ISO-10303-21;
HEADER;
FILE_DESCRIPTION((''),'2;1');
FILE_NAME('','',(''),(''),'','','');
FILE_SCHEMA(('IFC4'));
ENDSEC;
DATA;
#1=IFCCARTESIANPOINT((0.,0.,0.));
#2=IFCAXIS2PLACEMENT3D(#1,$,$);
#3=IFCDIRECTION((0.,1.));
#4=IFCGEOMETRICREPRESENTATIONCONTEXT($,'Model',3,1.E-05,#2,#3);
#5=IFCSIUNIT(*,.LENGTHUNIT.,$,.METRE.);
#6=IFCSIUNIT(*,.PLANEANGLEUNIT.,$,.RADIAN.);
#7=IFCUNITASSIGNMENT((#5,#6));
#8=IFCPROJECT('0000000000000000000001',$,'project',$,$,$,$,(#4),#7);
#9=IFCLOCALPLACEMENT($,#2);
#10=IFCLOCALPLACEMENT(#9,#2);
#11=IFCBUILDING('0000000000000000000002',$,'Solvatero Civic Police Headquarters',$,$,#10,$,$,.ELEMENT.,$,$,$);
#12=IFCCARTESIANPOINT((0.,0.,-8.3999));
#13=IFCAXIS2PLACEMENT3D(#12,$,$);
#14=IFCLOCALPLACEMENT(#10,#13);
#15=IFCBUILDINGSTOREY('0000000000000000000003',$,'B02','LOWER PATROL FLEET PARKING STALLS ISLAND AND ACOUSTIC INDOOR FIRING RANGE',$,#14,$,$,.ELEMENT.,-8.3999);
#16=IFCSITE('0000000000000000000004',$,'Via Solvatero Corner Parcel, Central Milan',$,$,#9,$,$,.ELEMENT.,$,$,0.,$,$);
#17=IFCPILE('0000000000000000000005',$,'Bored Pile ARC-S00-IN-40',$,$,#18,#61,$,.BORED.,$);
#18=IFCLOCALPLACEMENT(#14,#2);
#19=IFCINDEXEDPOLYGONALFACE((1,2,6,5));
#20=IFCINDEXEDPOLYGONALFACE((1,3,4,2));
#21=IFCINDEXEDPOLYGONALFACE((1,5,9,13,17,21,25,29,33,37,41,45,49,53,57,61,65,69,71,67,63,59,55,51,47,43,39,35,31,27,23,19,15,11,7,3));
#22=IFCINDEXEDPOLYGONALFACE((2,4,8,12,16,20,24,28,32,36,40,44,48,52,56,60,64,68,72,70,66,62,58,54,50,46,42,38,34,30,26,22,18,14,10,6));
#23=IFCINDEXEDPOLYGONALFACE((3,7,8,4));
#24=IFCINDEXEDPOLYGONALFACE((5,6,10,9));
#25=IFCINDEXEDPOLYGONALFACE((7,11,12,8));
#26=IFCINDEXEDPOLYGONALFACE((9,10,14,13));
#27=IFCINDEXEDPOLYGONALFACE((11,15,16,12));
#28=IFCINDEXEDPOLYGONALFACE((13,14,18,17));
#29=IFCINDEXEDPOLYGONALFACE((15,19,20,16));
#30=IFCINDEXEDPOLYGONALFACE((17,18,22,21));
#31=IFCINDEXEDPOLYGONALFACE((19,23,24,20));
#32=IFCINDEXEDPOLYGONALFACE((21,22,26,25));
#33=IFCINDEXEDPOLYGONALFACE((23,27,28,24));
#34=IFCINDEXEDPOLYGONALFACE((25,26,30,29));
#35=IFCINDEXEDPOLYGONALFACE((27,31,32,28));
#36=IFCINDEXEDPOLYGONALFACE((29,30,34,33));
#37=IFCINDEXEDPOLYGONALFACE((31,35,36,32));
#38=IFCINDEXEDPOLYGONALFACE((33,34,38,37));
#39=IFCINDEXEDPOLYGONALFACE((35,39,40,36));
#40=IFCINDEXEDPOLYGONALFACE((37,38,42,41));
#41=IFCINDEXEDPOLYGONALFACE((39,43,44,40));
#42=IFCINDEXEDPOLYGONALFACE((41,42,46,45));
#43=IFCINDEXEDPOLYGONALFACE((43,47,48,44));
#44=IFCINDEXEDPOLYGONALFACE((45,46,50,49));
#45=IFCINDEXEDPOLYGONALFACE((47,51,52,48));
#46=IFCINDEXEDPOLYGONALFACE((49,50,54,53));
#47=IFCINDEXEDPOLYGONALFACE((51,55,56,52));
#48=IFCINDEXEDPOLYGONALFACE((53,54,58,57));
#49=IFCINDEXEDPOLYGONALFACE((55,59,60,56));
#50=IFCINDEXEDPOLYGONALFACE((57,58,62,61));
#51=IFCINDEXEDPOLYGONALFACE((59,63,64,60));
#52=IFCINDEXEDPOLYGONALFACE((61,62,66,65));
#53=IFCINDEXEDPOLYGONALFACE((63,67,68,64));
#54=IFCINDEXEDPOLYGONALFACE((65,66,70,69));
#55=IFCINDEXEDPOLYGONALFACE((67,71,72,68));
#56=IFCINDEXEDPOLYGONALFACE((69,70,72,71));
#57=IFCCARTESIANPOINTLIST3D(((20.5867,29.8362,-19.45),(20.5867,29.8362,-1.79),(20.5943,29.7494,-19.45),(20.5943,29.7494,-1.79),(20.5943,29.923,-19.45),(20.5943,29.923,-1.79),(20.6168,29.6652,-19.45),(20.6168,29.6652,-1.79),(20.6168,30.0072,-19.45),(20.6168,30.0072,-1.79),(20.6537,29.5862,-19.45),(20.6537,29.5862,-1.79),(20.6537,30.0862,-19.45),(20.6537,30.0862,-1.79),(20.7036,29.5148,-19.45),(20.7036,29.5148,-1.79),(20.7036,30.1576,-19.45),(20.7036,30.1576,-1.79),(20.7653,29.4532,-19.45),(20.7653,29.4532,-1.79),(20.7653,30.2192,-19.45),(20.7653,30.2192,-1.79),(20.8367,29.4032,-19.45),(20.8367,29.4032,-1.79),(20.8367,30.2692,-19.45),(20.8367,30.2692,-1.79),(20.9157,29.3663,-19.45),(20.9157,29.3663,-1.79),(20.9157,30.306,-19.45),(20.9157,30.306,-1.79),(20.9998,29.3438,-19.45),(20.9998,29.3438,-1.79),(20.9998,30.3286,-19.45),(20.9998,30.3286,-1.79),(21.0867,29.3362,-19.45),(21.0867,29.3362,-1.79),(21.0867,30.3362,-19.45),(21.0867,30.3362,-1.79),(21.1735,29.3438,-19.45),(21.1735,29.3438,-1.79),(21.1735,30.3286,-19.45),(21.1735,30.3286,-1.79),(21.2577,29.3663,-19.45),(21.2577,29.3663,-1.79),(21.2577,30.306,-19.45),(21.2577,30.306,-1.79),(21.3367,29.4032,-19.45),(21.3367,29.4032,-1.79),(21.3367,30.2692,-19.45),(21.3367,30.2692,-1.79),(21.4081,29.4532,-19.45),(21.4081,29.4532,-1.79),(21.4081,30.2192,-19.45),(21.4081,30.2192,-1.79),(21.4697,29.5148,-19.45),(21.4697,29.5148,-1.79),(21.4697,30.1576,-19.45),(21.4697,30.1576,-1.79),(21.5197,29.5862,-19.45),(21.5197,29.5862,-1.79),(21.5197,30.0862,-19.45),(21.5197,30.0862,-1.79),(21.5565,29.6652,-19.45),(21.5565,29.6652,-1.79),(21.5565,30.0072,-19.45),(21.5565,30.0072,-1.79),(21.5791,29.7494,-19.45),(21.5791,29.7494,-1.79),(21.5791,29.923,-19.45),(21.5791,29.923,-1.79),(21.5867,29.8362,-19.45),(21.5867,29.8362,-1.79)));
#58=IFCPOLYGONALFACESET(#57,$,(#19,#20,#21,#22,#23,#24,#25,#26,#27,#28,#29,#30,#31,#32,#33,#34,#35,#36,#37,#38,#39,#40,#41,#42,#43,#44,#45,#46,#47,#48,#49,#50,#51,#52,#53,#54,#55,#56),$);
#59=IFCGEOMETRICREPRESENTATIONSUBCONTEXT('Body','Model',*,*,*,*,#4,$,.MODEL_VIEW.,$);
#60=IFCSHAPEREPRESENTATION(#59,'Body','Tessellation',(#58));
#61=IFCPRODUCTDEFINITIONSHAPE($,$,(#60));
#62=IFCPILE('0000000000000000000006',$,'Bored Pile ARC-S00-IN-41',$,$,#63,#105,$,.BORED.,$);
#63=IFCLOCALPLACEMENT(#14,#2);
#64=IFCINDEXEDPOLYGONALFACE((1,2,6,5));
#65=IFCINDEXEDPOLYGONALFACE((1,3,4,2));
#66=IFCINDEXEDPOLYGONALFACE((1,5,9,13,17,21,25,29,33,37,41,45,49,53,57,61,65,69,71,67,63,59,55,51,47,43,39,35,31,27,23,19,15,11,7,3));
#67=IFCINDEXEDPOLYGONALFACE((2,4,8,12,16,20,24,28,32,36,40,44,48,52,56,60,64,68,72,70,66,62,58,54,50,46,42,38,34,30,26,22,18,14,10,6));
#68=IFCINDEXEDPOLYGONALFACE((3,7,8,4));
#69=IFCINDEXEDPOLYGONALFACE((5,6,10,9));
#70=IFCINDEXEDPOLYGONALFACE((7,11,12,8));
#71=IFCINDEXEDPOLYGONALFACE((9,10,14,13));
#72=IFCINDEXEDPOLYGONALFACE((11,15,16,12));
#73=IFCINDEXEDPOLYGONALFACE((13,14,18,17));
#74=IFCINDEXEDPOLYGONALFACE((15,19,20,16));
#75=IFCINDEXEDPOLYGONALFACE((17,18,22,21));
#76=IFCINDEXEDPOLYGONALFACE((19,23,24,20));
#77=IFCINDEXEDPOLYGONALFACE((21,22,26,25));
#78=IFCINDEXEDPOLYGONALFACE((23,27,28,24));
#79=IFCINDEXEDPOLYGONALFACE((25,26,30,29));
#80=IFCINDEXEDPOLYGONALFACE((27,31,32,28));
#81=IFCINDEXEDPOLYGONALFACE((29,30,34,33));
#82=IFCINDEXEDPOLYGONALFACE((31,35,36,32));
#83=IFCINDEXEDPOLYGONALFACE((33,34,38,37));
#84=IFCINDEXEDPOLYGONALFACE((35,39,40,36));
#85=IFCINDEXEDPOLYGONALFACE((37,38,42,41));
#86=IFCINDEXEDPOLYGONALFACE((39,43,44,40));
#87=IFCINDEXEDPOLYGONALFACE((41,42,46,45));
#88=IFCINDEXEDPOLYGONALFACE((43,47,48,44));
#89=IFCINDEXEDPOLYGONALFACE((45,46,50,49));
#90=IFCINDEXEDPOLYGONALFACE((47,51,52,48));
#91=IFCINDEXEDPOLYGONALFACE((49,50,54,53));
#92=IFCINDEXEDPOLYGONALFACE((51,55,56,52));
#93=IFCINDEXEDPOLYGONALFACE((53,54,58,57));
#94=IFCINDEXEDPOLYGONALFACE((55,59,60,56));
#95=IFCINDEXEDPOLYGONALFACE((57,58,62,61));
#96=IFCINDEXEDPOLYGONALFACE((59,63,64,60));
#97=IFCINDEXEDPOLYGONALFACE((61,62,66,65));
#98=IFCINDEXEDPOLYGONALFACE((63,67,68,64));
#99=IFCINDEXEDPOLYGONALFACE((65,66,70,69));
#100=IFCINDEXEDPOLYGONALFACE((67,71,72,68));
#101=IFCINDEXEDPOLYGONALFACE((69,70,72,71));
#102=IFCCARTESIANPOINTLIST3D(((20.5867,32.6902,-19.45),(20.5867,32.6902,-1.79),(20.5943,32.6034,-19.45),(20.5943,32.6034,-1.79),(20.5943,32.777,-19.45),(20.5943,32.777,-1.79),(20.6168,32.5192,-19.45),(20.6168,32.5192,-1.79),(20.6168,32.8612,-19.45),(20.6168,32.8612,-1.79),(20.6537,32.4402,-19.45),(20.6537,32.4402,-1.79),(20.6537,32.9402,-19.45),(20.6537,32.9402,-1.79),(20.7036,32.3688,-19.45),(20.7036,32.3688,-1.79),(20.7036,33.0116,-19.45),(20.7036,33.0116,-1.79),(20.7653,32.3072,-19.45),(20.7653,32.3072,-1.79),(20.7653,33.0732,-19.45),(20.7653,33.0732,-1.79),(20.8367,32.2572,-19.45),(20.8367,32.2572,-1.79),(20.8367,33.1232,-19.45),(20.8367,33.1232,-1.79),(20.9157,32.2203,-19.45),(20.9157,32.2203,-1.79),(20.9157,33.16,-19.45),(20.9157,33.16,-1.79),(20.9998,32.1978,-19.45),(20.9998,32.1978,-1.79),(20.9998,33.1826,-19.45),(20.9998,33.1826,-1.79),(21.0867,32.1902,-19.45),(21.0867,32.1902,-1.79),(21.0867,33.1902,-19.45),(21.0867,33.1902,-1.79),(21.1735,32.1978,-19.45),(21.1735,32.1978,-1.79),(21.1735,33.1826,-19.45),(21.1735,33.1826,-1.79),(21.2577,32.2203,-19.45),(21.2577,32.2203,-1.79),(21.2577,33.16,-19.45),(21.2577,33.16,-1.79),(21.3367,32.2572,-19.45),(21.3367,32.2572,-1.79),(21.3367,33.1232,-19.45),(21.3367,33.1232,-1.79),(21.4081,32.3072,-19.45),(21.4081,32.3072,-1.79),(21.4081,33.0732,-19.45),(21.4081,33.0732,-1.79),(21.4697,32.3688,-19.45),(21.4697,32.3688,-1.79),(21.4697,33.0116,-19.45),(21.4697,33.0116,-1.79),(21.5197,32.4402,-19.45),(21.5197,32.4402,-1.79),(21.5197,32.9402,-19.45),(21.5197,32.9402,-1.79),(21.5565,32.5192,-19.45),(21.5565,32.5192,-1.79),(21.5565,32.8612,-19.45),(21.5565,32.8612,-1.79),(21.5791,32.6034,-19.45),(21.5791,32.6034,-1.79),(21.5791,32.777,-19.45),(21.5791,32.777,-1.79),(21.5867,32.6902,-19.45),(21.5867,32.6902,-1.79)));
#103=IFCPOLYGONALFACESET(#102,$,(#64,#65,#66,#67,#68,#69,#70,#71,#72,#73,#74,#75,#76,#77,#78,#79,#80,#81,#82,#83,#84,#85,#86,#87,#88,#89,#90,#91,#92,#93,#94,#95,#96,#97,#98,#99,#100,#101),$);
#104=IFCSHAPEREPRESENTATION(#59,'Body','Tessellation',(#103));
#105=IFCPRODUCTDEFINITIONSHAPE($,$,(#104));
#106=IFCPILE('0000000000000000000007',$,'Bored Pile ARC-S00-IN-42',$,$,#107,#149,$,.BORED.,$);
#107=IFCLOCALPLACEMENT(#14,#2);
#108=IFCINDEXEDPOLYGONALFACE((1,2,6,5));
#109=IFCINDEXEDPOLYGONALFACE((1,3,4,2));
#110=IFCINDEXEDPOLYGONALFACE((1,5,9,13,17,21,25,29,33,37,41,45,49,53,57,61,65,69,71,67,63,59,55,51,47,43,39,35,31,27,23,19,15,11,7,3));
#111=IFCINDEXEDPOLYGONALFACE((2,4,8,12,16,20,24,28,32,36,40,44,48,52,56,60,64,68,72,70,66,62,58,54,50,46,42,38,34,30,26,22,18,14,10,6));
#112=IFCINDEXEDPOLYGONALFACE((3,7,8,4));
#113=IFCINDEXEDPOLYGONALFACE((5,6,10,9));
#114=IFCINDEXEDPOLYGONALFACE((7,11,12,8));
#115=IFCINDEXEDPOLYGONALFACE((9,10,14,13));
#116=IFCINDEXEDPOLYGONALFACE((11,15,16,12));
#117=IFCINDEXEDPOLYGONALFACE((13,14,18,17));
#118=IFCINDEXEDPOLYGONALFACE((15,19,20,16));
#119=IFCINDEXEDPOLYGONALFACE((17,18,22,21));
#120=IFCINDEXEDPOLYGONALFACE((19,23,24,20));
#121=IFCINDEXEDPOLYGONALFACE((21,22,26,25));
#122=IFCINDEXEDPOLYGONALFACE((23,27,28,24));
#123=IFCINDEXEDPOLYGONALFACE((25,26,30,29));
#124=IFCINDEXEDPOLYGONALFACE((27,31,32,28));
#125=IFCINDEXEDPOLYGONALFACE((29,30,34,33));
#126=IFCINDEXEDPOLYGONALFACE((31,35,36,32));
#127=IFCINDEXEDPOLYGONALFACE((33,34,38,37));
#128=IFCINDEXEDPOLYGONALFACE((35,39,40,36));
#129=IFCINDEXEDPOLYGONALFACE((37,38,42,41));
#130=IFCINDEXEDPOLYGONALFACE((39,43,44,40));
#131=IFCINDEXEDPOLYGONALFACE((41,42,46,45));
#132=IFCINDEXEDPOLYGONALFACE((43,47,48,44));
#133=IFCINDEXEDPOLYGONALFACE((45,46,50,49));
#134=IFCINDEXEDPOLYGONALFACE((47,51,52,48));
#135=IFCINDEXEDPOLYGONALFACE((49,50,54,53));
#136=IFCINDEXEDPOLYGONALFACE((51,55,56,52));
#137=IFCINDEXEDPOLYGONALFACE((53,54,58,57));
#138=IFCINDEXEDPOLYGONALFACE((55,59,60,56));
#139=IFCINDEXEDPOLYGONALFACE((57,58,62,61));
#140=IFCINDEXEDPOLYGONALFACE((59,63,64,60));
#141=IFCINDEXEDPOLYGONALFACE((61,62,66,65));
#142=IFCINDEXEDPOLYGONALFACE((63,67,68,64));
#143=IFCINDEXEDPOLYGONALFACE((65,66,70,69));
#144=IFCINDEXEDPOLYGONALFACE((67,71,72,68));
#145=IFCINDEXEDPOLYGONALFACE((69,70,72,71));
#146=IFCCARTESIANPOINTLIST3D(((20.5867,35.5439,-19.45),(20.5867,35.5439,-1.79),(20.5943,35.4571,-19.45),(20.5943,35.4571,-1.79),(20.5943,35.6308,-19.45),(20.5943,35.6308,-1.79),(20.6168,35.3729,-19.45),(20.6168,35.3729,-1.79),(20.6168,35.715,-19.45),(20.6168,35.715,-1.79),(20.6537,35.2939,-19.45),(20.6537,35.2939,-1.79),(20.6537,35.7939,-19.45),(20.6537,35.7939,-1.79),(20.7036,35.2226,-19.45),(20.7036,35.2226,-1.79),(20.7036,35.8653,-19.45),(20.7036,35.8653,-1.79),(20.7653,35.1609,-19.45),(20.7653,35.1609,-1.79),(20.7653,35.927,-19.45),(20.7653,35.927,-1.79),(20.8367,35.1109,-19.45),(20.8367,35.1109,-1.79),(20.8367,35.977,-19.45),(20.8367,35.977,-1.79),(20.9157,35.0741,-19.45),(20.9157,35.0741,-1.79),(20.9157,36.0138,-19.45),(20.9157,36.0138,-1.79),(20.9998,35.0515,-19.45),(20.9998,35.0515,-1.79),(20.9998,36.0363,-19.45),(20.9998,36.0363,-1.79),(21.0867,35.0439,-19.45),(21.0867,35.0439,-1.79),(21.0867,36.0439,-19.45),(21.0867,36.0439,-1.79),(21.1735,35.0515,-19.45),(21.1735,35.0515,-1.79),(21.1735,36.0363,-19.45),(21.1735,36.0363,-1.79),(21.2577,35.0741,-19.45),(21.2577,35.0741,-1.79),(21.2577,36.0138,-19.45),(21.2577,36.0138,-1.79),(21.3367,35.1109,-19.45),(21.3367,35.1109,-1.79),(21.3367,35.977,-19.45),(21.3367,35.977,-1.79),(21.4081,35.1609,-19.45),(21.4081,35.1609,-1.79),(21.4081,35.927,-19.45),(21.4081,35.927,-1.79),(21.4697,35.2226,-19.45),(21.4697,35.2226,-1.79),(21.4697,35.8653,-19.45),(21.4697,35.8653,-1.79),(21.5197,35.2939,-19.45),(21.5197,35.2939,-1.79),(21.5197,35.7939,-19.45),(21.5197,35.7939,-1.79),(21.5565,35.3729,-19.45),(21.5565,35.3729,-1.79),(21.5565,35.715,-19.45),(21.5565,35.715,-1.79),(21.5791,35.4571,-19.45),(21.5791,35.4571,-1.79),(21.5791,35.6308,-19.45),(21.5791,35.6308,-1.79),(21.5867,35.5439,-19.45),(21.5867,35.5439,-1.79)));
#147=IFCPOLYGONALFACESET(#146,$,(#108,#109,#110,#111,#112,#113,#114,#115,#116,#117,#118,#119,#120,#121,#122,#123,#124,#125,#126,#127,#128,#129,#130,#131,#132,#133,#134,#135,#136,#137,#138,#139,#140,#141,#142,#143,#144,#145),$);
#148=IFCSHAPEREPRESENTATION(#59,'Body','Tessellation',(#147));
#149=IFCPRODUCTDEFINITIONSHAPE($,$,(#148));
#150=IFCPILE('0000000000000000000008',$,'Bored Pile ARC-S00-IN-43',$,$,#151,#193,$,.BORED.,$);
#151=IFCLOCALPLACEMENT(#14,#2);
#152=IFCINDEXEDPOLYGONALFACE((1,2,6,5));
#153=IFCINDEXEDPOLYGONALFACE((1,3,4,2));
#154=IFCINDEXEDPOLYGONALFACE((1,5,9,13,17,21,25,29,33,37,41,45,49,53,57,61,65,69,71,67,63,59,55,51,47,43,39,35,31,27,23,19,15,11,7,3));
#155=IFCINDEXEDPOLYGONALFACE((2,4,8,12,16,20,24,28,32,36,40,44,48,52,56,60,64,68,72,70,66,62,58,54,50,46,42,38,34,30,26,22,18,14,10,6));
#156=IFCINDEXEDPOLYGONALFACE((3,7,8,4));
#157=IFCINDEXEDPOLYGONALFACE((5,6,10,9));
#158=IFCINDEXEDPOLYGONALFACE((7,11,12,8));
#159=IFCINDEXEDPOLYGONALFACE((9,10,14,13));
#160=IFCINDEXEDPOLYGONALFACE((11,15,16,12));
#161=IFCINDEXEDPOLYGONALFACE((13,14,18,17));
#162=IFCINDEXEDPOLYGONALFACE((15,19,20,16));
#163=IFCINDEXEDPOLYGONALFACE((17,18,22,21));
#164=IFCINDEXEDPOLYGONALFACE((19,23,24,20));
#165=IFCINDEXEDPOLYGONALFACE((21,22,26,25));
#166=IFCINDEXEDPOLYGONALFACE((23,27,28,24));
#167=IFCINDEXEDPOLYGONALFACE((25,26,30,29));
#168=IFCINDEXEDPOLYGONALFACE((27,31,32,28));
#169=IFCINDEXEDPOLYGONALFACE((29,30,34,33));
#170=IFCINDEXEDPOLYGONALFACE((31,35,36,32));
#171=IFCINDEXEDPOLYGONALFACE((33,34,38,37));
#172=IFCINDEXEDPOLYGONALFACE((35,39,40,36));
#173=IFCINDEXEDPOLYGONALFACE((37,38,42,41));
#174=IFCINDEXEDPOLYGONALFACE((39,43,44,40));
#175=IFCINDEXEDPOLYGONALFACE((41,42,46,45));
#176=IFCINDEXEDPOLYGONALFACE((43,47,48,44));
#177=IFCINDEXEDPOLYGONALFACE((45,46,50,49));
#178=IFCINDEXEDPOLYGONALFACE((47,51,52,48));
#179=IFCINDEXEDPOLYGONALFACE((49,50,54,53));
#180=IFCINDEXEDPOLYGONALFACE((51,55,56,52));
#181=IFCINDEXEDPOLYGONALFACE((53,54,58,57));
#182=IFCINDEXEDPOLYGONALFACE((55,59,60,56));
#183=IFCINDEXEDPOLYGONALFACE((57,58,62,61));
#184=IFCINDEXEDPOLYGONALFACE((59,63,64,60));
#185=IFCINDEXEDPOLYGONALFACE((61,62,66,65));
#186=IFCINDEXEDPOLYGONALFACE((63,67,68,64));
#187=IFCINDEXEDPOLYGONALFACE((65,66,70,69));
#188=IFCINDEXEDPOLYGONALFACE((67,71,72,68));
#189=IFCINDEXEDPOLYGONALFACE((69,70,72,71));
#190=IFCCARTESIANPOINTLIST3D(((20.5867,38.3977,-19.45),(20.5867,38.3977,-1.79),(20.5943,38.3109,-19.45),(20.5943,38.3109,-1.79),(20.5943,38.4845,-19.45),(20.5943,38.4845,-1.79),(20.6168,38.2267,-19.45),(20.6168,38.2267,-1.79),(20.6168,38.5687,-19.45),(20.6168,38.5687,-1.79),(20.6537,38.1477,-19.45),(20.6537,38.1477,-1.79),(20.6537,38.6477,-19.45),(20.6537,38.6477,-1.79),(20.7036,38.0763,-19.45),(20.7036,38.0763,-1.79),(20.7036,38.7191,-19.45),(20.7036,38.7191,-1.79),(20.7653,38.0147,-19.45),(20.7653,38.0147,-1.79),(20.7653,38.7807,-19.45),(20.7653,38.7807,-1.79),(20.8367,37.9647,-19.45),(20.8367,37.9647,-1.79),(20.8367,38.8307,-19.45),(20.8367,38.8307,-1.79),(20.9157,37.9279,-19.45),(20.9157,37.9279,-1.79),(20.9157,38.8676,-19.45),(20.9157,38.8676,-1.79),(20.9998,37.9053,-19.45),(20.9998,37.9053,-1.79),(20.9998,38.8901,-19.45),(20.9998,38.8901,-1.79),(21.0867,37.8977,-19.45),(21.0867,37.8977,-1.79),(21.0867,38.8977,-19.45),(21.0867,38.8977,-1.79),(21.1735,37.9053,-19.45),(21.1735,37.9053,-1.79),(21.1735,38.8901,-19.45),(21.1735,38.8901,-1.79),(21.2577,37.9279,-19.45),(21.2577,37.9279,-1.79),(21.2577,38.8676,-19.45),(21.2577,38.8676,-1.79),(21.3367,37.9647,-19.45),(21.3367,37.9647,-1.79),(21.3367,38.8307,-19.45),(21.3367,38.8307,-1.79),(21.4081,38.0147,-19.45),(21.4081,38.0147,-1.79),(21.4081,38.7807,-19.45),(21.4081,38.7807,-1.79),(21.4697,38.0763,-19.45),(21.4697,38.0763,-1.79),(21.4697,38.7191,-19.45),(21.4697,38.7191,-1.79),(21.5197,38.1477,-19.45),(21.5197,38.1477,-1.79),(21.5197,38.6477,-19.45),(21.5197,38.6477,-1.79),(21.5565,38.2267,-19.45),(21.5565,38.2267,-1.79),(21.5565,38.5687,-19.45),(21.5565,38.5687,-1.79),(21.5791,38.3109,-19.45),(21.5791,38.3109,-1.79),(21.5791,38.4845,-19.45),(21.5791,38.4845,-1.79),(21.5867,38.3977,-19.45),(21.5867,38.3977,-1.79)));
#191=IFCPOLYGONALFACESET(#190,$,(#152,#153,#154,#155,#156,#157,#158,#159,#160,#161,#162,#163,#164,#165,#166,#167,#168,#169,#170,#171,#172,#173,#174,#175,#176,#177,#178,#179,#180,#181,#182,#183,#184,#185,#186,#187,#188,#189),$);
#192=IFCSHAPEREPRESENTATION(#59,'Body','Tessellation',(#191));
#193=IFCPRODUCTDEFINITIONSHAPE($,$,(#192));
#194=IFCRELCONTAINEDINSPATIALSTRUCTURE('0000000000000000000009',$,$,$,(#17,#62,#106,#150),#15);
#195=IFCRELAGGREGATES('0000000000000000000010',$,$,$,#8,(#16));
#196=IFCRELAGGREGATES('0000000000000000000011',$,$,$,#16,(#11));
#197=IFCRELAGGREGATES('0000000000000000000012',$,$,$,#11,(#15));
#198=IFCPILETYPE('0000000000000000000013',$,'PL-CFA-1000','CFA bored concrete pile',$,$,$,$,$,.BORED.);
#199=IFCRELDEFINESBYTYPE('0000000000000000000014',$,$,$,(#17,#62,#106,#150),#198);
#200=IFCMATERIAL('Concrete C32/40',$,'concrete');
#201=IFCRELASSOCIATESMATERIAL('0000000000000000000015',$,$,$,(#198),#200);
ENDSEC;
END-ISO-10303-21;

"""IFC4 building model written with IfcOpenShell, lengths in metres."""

from ifc_helpers import new_model, si_unit, direction, frame, origin, origin_2d, place, context, subcontext, project, spatial, circle, extrude, material, material_profile, profile_set, type_object, element, save


model = new_model("IFC4")

# Units and contexts
model_context = context("Model", 3, precision=1e-05, world=origin(), true_north=direction((0.0, 1.0)))
body_context = subcontext(model_context, "Body", "Model", "MODEL_VIEW")
ifc_project = project(units=[si_unit("LENGTHUNIT", "METRE"), si_unit("PLANEANGLEUNIT", "RADIAN")], contexts=[model_context])

# Site, building, storey
site_placement = place(None, origin())
site = spatial("IfcSite", under=ifc_project, at=site_placement, Name="Via Solvatero Corner Parcel, Central Milan", CompositionType="ELEMENT", RefElevation=0.0)
building_placement = place(site_placement, origin())
building = spatial("IfcBuilding", under=site, at=building_placement, Name="Solvatero Civic Police Headquarters", CompositionType="ELEMENT")
storey_placement = place(building_placement, frame((0.0, 0.0, -8.3999)))
storey = spatial("IfcBuildingStorey", under=building, at=storey_placement, Name="B02", Description="LOWER PATROL FLEET PARKING STALLS ISLAND AND ACOUSTIC INDOOR FIRING RANGE", CompositionType="ELEMENT", Elevation=-8.3999)

# Piles
ifc_material_1 = material(Name="Concrete C32/40", Category="concrete")
ifc_material_profile_1 = material_profile(ifc_material_1, circle(Radius=0.5, at=origin_2d()), Name="CFA PILE D1000")
ifc_profile_set_1 = profile_set([ifc_material_profile_1], Name="Concrete C32/40")
pile_type = type_object("IfcPileType", Name="PL-CFA-1000", Description="CFA bored concrete pile", PredefinedType="BORED", material=ifc_profile_set_1)
for number, where, z_axis, x_axis, name in (
    (1, (21.0867, 29.8362, -1.79), (0.0, 0.0, -1.0), (1.0, 0.0, 0.0), "Bored Pile ARC-S00-IN-40"),
    (2, (21.0867, 32.6902, -1.79), (0.0, 0.0, -1.0), (1.0, 0.0, 0.0), "Bored Pile ARC-S00-IN-41"),
    (3, (21.0867, 35.5439, -1.79), (0.0, 0.0, -1.0), (1.0, 0.0, 0.0), "Bored Pile ARC-S00-IN-42"),
    (4, (21.0867, 38.3977, -1.79), (0.0, 0.0, -1.0), (1.0, 0.0, 0.0), "Bored Pile ARC-S00-IN-43"),
):
    element("IfcPile", number, at=place(storey_placement, frame(where, z_axis=z_axis, x_axis=x_axis)), inside=storey, type_object=pile_type, Name=name, PredefinedType="BORED", context=body_context, shape_type="SweptSolid", body=[
        extrude(circle(Radius=0.5, at=origin_2d()), origin(), (0.0, 0.0, 1.0), 17.6599),
    ])

save(model, "model.ifc")
